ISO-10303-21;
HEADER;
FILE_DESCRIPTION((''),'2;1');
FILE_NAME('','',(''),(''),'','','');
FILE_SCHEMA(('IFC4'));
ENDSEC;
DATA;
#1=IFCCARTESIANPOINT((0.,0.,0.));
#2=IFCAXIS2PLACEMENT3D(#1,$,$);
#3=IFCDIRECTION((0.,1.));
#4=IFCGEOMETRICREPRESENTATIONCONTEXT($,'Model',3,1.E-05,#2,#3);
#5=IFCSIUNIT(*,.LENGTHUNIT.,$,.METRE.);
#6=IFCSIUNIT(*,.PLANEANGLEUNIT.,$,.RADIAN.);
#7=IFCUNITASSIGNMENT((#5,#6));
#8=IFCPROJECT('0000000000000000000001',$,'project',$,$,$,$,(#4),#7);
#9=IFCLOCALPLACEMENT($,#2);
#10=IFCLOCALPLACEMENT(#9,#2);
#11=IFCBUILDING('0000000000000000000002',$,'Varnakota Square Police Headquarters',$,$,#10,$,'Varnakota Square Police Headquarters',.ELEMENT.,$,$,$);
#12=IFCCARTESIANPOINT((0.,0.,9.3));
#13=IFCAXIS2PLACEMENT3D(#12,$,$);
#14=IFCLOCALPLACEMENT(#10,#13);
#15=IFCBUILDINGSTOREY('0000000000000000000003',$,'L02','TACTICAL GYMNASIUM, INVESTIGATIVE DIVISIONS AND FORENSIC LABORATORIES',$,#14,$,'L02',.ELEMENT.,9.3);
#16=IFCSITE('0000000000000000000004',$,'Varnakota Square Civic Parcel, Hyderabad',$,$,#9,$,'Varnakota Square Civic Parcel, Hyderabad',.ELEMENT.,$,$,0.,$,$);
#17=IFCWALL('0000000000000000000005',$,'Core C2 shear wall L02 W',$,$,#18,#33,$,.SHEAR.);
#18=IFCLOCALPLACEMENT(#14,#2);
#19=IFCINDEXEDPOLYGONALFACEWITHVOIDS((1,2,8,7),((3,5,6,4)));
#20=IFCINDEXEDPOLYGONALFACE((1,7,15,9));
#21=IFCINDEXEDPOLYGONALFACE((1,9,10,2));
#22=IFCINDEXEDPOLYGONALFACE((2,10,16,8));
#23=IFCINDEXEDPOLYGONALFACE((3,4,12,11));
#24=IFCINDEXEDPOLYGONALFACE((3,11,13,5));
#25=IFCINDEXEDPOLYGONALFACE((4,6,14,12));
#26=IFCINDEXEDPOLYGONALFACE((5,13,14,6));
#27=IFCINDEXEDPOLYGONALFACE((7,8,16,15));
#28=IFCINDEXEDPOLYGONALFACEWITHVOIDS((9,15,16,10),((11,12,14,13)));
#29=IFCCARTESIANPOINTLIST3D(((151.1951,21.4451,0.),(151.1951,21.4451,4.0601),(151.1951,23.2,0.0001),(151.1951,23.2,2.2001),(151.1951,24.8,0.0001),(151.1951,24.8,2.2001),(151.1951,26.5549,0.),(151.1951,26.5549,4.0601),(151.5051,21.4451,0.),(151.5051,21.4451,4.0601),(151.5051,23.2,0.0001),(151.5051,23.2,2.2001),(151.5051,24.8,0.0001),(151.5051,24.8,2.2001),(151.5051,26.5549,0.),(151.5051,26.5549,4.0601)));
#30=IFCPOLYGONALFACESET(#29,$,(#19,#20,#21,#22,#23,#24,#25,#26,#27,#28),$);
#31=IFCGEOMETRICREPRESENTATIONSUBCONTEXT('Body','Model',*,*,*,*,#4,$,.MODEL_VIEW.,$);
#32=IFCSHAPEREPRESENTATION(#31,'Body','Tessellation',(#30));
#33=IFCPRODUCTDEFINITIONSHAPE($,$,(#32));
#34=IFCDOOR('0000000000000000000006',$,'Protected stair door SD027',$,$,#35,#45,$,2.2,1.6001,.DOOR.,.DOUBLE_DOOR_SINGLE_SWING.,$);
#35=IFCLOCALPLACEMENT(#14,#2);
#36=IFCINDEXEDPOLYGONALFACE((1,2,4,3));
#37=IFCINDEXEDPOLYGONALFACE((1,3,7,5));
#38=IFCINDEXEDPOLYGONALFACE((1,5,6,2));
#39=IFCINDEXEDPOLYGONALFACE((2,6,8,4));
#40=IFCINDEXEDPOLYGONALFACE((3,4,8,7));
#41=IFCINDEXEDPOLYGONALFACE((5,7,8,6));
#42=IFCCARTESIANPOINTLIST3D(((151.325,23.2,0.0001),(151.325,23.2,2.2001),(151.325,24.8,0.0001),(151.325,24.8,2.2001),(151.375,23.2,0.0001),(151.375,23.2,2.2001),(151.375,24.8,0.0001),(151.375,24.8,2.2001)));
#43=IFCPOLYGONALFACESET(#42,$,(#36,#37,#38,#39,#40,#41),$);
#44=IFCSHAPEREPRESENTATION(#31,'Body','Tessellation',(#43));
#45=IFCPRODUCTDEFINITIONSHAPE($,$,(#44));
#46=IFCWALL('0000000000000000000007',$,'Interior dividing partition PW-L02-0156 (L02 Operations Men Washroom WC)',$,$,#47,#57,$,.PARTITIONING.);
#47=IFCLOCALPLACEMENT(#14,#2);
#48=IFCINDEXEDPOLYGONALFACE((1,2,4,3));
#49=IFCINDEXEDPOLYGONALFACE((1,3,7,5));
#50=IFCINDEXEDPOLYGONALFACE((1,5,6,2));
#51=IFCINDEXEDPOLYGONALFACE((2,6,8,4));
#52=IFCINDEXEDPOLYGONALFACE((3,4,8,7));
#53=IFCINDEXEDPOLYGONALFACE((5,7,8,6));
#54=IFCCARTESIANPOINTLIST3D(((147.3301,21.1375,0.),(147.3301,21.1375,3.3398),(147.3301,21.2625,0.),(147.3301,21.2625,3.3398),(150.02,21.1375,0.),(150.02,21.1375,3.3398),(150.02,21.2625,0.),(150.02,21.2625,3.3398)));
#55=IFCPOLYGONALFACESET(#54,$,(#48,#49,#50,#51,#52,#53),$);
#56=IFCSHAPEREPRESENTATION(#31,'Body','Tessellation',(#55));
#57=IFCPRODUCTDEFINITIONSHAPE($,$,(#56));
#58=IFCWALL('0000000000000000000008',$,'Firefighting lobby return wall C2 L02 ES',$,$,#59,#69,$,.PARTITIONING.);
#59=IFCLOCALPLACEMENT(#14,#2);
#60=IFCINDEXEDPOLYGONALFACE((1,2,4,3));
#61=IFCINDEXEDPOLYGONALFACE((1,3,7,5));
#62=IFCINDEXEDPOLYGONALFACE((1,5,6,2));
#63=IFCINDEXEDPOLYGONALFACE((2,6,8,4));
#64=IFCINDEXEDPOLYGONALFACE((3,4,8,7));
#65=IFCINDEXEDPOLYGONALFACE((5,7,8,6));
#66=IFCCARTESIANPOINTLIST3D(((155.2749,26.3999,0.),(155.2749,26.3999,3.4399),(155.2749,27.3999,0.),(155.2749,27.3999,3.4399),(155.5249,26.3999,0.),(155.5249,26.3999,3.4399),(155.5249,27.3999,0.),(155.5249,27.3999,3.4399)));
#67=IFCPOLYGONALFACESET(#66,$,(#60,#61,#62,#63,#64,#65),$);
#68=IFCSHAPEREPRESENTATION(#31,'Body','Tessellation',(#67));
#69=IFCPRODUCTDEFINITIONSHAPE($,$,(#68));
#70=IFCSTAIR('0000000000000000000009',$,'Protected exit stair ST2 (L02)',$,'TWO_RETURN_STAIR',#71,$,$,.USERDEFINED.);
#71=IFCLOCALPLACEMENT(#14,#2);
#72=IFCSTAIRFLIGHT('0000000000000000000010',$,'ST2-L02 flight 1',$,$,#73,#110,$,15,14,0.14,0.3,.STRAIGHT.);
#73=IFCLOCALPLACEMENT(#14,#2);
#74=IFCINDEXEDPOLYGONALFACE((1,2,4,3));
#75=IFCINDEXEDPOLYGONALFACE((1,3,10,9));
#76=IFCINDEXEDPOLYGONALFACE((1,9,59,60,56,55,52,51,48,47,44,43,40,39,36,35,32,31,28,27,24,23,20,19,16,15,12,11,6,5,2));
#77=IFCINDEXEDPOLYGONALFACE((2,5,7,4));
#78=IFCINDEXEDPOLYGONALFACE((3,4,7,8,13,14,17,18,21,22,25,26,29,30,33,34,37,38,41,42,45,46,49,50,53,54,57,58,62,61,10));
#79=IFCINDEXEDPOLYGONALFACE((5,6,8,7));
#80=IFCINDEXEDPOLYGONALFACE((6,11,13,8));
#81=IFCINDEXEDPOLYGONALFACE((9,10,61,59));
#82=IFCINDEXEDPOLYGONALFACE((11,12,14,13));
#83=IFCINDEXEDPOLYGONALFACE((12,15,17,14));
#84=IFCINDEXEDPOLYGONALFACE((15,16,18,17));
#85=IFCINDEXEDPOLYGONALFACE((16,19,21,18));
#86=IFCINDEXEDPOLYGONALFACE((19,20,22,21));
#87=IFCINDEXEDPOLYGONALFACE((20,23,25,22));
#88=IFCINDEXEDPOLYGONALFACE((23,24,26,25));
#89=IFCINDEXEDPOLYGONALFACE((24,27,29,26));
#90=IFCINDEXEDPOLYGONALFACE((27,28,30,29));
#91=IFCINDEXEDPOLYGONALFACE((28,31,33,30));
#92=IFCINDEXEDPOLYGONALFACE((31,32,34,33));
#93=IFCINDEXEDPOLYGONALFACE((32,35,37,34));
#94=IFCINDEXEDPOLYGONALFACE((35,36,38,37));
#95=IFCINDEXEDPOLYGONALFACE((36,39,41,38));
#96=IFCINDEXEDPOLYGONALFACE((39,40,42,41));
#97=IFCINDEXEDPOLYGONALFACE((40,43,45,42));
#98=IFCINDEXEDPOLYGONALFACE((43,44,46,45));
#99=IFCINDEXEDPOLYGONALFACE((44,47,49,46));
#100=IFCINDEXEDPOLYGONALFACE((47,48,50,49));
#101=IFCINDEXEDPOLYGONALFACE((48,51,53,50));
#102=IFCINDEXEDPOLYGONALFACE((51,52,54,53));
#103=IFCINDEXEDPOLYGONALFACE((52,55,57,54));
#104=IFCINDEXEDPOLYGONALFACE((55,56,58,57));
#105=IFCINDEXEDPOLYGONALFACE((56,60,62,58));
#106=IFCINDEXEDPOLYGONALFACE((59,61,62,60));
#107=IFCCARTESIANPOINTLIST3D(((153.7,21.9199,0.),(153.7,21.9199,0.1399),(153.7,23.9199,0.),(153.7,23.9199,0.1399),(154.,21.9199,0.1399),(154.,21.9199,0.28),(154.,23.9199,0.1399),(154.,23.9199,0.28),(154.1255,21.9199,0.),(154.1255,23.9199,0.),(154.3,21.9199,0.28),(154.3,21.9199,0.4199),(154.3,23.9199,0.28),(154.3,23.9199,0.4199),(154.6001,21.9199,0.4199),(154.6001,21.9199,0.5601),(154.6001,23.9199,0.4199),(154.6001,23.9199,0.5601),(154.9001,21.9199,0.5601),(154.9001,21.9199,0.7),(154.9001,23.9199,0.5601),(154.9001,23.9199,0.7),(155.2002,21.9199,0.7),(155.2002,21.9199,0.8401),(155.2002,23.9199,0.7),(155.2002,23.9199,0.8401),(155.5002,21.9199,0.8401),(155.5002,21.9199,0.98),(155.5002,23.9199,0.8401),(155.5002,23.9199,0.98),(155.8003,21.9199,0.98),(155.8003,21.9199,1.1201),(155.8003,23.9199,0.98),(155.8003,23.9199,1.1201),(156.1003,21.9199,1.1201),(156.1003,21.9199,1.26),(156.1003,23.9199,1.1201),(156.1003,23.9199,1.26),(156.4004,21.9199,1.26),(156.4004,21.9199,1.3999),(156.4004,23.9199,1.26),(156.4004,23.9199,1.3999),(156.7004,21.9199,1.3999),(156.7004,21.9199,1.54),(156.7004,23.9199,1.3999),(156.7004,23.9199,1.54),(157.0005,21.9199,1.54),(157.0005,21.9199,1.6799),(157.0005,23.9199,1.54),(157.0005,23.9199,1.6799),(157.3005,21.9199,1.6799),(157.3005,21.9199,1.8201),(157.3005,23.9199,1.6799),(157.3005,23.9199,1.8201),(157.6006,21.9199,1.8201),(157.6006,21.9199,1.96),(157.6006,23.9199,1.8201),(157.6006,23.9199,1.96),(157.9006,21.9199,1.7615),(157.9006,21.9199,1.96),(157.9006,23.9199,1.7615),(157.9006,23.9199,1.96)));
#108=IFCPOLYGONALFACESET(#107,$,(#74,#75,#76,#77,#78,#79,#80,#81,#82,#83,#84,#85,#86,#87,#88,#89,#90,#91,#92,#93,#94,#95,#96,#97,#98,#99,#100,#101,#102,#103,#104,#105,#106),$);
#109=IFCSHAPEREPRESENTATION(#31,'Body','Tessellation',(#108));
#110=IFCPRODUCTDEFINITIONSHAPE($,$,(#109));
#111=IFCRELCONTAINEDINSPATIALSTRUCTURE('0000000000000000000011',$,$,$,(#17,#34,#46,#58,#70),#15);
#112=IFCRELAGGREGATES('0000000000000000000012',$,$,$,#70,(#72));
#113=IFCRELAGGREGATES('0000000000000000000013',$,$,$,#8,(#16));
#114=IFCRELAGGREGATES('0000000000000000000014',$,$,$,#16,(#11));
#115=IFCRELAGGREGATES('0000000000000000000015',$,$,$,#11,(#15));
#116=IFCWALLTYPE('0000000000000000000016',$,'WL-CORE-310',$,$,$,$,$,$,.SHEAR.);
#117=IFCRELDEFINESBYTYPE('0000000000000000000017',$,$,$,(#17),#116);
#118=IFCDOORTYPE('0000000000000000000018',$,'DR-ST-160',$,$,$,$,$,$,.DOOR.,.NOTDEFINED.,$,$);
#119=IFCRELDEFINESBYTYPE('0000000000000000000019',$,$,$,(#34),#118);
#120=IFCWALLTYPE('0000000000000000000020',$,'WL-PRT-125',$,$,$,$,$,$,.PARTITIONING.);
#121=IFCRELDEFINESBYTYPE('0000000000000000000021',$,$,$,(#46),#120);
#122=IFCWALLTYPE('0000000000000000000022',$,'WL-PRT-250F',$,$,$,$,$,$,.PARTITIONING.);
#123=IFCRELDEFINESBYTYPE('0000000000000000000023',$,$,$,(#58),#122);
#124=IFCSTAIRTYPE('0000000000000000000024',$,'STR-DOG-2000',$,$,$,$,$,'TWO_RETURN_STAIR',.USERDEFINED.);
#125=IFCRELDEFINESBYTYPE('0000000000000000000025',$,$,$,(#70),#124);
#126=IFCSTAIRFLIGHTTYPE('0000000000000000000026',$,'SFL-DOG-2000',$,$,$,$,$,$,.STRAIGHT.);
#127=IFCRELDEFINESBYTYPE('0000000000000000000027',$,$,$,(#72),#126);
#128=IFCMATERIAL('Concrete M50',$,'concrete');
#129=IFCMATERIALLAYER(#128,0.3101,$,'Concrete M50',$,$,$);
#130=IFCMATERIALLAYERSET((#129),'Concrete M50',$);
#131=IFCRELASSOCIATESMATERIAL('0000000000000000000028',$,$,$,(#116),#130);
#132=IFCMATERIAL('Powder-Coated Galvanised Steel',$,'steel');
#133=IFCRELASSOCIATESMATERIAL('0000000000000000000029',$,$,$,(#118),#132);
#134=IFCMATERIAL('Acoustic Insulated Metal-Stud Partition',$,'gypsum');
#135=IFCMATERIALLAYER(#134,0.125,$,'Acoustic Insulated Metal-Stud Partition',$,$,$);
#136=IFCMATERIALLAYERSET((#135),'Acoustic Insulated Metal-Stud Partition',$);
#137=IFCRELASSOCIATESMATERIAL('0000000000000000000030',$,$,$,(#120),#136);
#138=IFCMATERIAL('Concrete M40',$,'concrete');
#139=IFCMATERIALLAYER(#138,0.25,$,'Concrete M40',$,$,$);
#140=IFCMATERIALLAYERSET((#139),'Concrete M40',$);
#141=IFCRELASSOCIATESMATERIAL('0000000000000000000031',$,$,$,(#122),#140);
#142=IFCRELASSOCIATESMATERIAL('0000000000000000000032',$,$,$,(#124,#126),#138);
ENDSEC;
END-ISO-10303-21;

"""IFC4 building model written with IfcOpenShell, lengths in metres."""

from ifc_helpers import new_model, si_unit, direction, frame, frame_2d, origin, place, context, subcontext, project, spatial, polyline, rectangle, outline, extrude, material, layer, layer_set, type_object, element, fill, aggregate, save


model = new_model("IFC4")

# Units and contexts
model_context = context("Model", 3, precision=1e-05, world=origin(), true_north=direction((0.0, 1.0)))
body_context = subcontext(model_context, "Body", "Model", "MODEL_VIEW")
ifc_project = project(units=[si_unit("LENGTHUNIT", "METRE"), si_unit("PLANEANGLEUNIT", "RADIAN")], contexts=[model_context])

# Site, building, storey
site_placement = place(None, origin())
site = spatial("IfcSite", under=ifc_project, at=site_placement, Name="Varnakota Square Civic Parcel, Hyderabad", LongName="Varnakota Square Civic Parcel, Hyderabad", CompositionType="ELEMENT", RefElevation=0.0)
building_placement = place(site_placement, origin())
building = spatial("IfcBuilding", under=site, at=building_placement, Name="Varnakota Square Police Headquarters", LongName="Varnakota Square Police Headquarters", CompositionType="ELEMENT")
storey_placement = place(building_placement, frame((0.0, 0.0, 9.3)))
storey = spatial("IfcBuildingStorey", under=building, at=storey_placement, Name="L02", Description="TACTICAL GYMNASIUM, INVESTIGATIVE DIVISIONS AND FORENSIC LABORATORIES", LongName="L02", CompositionType="ELEMENT", Elevation=9.3)

# Shared definitions
ifc_material_1 = material(Name="Concrete M50", Category="concrete")
ifc_layer_1 = layer(ifc_material_1, 0.3101, Name="Concrete M50")
ifc_layer_set_1 = layer_set([ifc_layer_1], Name="Concrete M50")
wall_type_1 = type_object("IfcWallType", Name="WL-CORE-310", PredefinedType="SHEAR", material=ifc_layer_set_1)

# Wall, opening, door
wall_1_placement = place(storey_placement, frame((151.3501, 26.5549, 0.0), z_axis=(0.0, 0.0, 1.0), x_axis=(0.0, -1.0, 0.0)))
wall_1 = element("IfcWall", 1, at=wall_1_placement, inside=storey, type_object=wall_type_1, Name="Core C2 shear wall L02 W", PredefinedType="SHEAR", context=body_context, shape_type="SweptSolid", body=[
    extrude(rectangle(XDim=5.1099, YDim=0.3101, at=frame_2d((2.5549, 0.0))), origin(), (0.0, 0.0, 1.0), 4.0601),
])
opening_1_placement = place(wall_1_placement, frame((1.7549, 0.0, 0.0)))
opening_1 = element("IfcOpeningElement", 2, at=opening_1_placement, cuts=wall_1, PredefinedType="OPENING", context=body_context, shape_type="SweptSolid", body=[
    extrude(rectangle(XDim=1.6001, YDim=2.2, at=frame_2d((0.8, 1.1001))), frame((0.0, 0.165, 0.0), z_axis=(0.0, -1.0, 0.0), x_axis=(1.0, 0.0, 0.0)), (0.0, 0.0, 1.0), 0.3301),
])
ifc_material_2 = material(Name="Powder-Coated Galvanised Steel", Category="steel")
door_type_1 = type_object("IfcDoorType", Name="DR-ST-160", OperationType="NOTDEFINED", PredefinedType="DOOR", material=ifc_material_2)
door_1_placement = place(opening_1_placement, origin())
door_1 = element("IfcDoor", 3, at=door_1_placement, inside=storey, type_object=door_type_1, Name="Protected stair door SD027", OperationType="DOUBLE_DOOR_SINGLE_SWING", OverallHeight=2.2, OverallWidth=1.6001, PredefinedType="DOOR", context=body_context, shape_type="SweptSolid", body=[
    extrude(rectangle(XDim=1.6001, YDim=2.2, at=frame_2d((0.8, 1.1001))), frame((0.0, 0.0249, 0.0), z_axis=(0.0, -1.0, 0.0), x_axis=(1.0, 0.0, 0.0)), (0.0, 0.0, 1.0), 0.05),
])
fill(opening_1, door_1)

# Wall
ifc_material_3 = material(Name="Acoustic Insulated Metal-Stud Partition", Category="gypsum")
ifc_layer_2 = layer(ifc_material_3, 0.125, Name="Acoustic Insulated Metal-Stud Partition")
ifc_layer_set_2 = layer_set([ifc_layer_2], Name="Acoustic Insulated Metal-Stud Partition")
wall_type_2 = type_object("IfcWallType", Name="WL-PRT-125", PredefinedType="PARTITIONING", material=ifc_layer_set_2)
wall_2_placement = place(storey_placement, frame((147.3301, 21.2, 0.0), z_axis=(0.0, 0.0, 1.0), x_axis=(1.0, 0.0, 0.0)))
element("IfcWall", 4, at=wall_2_placement, inside=storey, type_object=wall_type_2, Name="Interior dividing partition PW-L02-0156 (L02 Operations Men Washroom WC)", PredefinedType="PARTITIONING", context=body_context, shape_type="SweptSolid", body=[
    extrude(rectangle(XDim=2.6899, YDim=0.125, at=frame_2d((1.345, 0.0))), origin(), (0.0, 0.0, 1.0), 3.3398),
])

# Shared definitions
ifc_material_4 = material(Name="Concrete M40", Category="concrete")
ifc_layer_3 = layer(ifc_material_4, 0.25, Name="Concrete M40")
ifc_layer_set_3 = layer_set([ifc_layer_3], Name="Concrete M40")
wall_type_3 = type_object("IfcWallType", Name="WL-PRT-250F", PredefinedType="PARTITIONING", material=ifc_layer_set_3)

# Wall
wall_3_placement = place(storey_placement, frame((155.3999, 26.3999, 0.0), z_axis=(0.0, 0.0, 1.0), x_axis=(0.0, 1.0, 0.0)))
element("IfcWall", 5, at=wall_3_placement, inside=storey, type_object=wall_type_3, Name="Firefighting lobby return wall C2 L02 ES", PredefinedType="PARTITIONING", context=body_context, shape_type="SweptSolid", body=[
    extrude(rectangle(XDim=1.0, YDim=0.25, at=frame_2d((0.5, 0.0))), origin(), (0.0, 0.0, 1.0), 3.4399),
])

# Stair, stair flight
stair_type = type_object("IfcStairType", Name="STR-DOG-2000", ElementType="TWO_RETURN_STAIR", PredefinedType="USERDEFINED", material=ifc_material_4)
stair_placement = place(storey_placement, origin())
stair = element("IfcStair", 6, at=stair_placement, inside=storey, type_object=stair_type, Name="Protected exit stair ST2 (L02)", ObjectType="TWO_RETURN_STAIR", PredefinedType="USERDEFINED")
stair_flight_type = type_object("IfcStairFlightType", Name="SFL-DOG-2000", PredefinedType="STRAIGHT", material=ifc_material_4)
stair_flight_placement = place(storey_placement, frame((153.7, 22.9199, 0.0), z_axis=(0.0, 0.0, 1.0), x_axis=(1.0, 0.0, 0.0)))
stair_flight = element("IfcStairFlight", 7, at=stair_flight_placement, type_object=stair_flight_type, Name="ST2-L02 flight 1", NumberOfRisers=15, NumberOfTreads=14, PredefinedType="STRAIGHT", RiserHeight=0.14, TreadLength=0.3, context=body_context, shape_type="SweptSolid", body=[
    extrude(outline(polyline([(0.0, 0.0), (0.0, 0.1399), (0.3, 0.1399), (0.3, 0.28), (0.6001, 0.28), (0.6001, 0.4199), (0.9001, 0.4199), (0.9001, 0.5601), (1.2002, 0.5601), (1.2002, 0.7), (1.5002, 0.7), (1.5002, 0.8401), (1.8003, 0.8401), (1.8003, 0.98), (2.1003, 0.98), (2.1003, 1.1201), (2.4004, 1.1201), (2.4004, 1.26), (2.7004, 1.26), (2.7004, 1.3999), (3.0005, 1.3999), (3.0005, 1.54), (3.3005, 1.54), (3.3005, 1.6799), (3.6006, 1.6799), (3.6006, 1.8201), (3.9006, 1.8201), (3.9006, 1.96), (4.2007, 1.96), (4.2007, 2.1001), (4.2007, 1.7615), (0.4255, 0.0), (0.0, 0.0)])), frame((0.0, 1.0, 0.0), z_axis=(0.0, -1.0, 0.0), x_axis=(1.0, 0.0, 0.0)), (0.0, 0.0, 1.0), 2.0),
])
aggregate(stair, [stair_flight])

save(model, "model.ifc")
